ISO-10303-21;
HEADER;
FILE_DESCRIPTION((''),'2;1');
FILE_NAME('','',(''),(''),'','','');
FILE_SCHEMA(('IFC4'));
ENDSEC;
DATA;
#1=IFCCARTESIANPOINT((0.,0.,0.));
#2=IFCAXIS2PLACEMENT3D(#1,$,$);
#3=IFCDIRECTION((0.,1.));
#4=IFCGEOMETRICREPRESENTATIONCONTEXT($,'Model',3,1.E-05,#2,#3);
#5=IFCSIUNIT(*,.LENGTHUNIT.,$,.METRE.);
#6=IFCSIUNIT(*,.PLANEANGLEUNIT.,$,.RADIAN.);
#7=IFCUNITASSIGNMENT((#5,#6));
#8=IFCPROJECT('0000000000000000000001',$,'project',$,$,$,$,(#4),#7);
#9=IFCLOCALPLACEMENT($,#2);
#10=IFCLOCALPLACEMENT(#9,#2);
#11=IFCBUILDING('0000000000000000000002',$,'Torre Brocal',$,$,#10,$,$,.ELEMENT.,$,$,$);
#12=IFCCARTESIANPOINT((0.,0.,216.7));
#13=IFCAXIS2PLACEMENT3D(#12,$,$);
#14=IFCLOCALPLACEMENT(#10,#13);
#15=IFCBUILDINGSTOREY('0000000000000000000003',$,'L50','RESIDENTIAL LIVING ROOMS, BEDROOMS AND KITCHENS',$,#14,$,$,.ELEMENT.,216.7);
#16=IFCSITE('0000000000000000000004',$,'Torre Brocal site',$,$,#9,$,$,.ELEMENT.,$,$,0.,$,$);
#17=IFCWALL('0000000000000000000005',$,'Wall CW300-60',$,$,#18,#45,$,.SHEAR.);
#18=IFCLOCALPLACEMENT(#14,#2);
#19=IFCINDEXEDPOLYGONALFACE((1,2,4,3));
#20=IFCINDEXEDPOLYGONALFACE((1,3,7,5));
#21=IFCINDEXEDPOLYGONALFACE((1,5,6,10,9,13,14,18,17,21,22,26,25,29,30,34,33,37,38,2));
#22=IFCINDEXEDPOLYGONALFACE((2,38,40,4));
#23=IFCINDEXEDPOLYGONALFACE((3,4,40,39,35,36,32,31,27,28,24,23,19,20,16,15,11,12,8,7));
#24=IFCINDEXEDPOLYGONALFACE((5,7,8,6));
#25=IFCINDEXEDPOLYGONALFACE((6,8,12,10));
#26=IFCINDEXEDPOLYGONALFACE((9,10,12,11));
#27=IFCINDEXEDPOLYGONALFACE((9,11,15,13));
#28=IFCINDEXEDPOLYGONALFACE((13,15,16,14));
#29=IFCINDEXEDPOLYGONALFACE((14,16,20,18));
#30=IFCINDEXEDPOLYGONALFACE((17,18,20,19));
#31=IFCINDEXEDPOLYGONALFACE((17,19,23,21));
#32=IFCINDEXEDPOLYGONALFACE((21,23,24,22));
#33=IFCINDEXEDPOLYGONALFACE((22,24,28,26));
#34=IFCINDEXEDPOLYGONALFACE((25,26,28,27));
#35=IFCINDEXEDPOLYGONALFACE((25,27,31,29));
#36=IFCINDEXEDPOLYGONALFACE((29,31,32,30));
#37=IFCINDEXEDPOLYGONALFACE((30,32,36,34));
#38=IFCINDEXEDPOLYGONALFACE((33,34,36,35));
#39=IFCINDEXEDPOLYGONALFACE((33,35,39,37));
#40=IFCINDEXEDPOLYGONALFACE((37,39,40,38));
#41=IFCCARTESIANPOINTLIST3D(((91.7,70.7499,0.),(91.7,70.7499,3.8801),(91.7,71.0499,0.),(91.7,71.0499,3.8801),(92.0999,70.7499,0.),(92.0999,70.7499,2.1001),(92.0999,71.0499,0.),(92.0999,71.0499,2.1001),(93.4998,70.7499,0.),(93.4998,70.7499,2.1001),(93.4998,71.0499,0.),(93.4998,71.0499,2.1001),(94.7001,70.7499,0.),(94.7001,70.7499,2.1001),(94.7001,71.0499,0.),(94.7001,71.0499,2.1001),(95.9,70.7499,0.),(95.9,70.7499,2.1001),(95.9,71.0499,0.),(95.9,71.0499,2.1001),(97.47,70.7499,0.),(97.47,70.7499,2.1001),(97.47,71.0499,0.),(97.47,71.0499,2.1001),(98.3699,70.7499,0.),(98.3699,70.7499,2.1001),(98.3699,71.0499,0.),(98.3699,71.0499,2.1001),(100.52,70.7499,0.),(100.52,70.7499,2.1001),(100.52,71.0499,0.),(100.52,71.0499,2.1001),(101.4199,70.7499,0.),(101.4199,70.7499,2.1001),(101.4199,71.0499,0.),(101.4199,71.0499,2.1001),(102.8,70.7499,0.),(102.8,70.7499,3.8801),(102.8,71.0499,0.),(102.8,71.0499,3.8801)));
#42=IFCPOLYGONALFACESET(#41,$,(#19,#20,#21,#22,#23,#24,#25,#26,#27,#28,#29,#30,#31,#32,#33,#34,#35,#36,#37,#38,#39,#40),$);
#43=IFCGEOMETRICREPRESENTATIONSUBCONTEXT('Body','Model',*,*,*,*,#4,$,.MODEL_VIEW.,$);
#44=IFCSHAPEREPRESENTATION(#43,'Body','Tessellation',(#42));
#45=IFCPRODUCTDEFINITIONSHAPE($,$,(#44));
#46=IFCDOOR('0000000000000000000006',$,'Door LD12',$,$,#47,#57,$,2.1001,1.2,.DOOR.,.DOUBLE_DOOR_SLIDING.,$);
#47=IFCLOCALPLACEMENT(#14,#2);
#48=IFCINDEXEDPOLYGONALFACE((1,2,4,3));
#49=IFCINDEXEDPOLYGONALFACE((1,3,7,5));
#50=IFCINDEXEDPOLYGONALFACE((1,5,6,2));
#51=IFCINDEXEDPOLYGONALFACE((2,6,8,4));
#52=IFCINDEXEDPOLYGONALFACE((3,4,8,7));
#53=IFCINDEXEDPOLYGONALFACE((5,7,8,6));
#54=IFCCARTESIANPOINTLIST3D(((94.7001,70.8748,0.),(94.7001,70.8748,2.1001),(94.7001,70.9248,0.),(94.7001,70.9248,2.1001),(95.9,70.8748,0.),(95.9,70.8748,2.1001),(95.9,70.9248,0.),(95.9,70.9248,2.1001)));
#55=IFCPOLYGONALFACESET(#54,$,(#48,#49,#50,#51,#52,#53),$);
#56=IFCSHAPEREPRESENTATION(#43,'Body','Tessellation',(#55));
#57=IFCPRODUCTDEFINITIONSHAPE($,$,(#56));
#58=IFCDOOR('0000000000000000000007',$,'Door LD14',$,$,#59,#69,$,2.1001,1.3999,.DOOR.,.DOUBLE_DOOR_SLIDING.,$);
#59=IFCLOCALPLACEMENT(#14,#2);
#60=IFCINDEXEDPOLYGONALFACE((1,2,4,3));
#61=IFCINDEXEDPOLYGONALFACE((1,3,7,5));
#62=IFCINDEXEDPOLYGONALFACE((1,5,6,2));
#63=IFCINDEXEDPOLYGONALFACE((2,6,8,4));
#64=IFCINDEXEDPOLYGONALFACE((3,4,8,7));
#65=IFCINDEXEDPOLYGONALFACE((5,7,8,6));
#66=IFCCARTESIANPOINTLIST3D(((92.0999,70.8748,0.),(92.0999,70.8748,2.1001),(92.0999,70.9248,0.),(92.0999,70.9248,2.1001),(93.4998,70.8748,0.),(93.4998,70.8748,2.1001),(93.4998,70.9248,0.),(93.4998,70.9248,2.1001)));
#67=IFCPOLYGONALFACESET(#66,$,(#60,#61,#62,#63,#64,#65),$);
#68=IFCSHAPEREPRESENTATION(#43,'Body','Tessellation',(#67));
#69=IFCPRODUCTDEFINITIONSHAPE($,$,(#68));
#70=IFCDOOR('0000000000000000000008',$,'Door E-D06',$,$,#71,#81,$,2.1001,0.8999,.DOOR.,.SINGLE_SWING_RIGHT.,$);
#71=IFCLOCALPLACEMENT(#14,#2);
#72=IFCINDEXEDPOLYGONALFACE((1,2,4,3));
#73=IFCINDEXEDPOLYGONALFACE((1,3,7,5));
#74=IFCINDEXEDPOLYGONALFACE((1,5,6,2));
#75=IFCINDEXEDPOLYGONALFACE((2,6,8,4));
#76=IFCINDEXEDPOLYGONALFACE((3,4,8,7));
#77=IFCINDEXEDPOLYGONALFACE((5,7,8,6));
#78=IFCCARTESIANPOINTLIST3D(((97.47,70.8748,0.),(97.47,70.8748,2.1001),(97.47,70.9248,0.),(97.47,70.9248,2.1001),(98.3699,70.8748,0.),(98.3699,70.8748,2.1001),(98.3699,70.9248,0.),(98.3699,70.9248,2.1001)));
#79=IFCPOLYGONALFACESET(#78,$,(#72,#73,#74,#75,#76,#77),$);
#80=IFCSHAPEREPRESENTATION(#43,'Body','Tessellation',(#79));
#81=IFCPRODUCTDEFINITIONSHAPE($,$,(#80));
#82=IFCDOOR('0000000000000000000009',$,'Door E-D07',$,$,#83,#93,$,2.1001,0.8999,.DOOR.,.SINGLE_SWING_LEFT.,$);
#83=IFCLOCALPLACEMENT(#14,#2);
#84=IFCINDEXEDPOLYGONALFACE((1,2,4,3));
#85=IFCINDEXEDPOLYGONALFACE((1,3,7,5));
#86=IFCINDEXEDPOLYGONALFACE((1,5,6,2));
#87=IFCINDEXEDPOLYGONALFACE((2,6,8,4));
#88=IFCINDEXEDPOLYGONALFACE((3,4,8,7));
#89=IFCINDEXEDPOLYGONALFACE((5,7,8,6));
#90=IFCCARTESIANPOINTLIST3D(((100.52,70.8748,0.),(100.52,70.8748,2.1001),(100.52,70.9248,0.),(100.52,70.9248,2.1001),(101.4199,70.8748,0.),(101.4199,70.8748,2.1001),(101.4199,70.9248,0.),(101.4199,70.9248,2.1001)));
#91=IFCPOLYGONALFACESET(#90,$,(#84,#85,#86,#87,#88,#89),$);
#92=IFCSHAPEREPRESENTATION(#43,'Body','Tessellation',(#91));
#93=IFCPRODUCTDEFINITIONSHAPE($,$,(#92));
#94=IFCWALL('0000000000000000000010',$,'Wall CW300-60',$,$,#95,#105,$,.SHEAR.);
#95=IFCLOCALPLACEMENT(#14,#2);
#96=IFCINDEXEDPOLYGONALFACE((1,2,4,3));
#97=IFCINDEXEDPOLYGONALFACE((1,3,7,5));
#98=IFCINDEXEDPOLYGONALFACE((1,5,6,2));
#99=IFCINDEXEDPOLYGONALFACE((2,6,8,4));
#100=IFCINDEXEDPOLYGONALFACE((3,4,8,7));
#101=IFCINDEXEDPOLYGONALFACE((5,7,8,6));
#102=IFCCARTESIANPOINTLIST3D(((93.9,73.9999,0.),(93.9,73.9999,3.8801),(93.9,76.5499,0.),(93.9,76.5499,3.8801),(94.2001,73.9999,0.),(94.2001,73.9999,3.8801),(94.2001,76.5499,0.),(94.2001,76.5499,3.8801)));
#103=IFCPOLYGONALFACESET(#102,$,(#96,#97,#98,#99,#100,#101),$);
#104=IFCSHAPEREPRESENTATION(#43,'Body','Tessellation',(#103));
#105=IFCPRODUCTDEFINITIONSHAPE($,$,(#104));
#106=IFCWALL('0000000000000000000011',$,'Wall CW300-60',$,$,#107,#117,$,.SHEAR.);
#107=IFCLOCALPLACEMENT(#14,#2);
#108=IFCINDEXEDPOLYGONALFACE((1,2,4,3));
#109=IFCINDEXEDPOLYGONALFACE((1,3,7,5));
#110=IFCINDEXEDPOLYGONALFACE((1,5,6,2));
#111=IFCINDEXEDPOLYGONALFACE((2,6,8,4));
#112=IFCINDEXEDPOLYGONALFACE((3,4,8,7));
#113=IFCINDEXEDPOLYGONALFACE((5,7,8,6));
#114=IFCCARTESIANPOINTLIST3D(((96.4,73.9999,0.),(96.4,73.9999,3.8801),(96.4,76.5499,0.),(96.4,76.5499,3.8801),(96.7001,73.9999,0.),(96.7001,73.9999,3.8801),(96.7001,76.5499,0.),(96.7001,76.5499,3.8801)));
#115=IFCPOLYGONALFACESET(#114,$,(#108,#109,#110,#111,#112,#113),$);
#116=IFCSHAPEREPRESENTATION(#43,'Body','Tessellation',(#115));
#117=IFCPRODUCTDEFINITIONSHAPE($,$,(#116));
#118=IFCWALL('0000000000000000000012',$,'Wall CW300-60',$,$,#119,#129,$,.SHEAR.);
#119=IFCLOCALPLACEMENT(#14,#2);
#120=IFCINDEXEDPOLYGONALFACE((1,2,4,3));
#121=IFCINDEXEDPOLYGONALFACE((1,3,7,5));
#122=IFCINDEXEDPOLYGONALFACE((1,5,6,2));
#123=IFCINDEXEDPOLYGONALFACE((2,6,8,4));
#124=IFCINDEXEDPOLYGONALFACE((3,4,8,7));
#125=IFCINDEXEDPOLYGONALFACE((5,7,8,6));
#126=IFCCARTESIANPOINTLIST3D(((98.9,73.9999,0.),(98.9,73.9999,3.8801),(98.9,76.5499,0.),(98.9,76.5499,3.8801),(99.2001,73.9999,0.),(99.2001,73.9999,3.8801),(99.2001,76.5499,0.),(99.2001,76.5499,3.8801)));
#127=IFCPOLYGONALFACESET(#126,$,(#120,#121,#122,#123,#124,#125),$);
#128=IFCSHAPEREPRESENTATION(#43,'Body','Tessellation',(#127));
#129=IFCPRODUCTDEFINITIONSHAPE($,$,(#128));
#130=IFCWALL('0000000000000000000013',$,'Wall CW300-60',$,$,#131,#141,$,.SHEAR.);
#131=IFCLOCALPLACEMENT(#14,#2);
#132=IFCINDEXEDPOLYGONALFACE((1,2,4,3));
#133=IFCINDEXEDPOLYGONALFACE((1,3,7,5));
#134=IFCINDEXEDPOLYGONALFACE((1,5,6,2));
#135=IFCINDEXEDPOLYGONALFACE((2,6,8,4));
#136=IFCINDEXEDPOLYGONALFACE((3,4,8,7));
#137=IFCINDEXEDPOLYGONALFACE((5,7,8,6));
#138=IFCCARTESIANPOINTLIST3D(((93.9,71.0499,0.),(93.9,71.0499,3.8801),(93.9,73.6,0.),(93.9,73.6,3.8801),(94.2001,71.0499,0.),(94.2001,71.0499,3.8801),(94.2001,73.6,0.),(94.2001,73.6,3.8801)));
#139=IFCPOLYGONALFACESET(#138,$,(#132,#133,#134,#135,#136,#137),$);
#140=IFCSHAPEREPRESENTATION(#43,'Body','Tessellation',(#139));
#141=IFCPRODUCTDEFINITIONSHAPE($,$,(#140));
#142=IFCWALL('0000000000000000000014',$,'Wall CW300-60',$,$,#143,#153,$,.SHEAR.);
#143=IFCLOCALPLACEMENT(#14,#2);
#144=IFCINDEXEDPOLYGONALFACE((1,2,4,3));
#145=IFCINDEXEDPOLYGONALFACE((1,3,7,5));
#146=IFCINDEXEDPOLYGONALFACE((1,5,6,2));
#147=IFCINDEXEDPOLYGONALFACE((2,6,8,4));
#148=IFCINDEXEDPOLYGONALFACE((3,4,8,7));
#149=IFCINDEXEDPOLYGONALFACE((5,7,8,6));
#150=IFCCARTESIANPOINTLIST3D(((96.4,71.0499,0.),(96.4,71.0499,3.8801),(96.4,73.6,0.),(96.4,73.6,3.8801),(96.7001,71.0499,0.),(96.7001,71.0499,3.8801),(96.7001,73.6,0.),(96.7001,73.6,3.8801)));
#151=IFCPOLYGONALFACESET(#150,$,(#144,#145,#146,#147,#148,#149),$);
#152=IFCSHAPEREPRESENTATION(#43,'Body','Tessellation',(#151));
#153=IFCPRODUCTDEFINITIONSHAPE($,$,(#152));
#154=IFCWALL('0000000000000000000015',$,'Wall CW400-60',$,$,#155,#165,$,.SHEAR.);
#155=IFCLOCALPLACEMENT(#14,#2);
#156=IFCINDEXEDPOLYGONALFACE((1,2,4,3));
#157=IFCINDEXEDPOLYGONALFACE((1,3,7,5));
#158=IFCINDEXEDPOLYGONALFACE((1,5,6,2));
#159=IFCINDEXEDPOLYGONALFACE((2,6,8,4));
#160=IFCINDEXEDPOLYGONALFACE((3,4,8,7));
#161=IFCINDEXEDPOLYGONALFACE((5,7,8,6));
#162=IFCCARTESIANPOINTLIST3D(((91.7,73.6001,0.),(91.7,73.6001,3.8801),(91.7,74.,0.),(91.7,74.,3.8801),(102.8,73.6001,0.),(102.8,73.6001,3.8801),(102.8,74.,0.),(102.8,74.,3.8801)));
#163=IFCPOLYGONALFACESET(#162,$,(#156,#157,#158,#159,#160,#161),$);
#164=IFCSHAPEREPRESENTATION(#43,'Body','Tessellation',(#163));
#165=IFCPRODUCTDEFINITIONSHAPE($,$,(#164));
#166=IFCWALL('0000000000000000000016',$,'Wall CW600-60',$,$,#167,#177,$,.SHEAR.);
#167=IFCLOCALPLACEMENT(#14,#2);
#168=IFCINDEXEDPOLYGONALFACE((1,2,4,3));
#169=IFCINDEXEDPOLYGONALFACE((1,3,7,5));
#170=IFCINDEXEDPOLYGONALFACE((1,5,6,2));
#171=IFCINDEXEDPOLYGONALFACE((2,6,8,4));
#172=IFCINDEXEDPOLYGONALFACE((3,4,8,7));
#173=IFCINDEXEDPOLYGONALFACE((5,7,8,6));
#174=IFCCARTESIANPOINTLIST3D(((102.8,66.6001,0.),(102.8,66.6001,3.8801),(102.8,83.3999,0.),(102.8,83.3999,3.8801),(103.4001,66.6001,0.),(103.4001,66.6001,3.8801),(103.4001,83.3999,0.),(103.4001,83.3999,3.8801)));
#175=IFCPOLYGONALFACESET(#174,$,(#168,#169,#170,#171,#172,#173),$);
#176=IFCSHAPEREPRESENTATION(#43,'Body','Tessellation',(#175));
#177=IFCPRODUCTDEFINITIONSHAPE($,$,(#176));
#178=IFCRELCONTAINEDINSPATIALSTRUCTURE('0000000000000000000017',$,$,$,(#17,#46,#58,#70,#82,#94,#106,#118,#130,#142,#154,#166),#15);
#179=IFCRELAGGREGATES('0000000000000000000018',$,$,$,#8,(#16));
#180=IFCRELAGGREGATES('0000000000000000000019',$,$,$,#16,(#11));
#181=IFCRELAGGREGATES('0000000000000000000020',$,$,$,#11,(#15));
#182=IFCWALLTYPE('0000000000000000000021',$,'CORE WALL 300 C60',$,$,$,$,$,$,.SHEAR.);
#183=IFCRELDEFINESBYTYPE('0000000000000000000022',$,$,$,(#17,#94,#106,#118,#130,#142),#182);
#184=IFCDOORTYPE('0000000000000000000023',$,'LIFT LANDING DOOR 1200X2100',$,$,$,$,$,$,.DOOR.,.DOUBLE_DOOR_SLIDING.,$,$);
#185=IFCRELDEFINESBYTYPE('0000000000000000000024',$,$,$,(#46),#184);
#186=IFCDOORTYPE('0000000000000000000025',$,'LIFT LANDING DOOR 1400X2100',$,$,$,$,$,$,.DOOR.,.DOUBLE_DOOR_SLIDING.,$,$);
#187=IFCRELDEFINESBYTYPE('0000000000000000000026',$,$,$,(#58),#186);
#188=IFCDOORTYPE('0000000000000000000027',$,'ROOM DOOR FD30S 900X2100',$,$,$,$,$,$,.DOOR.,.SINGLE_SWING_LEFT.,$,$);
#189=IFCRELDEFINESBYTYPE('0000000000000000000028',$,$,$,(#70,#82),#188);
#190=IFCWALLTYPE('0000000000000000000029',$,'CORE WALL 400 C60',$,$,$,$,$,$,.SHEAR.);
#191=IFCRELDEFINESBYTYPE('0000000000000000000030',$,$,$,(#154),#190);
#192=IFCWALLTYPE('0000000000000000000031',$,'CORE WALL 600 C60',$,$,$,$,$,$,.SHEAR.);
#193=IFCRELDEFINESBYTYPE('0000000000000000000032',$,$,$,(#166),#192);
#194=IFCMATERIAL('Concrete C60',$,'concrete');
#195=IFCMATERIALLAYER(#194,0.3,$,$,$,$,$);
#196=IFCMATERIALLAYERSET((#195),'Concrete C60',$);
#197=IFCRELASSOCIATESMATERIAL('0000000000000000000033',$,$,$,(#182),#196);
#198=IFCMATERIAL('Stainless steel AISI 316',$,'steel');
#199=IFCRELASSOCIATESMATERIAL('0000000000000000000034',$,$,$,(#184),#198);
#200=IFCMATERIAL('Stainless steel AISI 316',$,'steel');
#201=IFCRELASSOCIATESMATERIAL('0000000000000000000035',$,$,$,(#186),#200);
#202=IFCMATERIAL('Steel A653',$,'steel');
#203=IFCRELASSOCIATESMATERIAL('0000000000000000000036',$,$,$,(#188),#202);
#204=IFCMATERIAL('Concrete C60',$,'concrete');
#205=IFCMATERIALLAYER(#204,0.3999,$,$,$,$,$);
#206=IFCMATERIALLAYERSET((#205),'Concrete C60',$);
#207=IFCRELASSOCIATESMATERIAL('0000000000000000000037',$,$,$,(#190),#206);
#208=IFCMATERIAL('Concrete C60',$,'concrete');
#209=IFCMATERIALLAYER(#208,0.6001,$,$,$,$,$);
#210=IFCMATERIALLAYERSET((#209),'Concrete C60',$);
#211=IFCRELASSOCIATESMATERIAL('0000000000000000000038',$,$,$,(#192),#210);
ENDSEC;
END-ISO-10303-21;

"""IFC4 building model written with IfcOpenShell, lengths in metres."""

from ifc_helpers import new_model, si_unit, direction, frame, frame_2d, origin, place, context, subcontext, project, spatial, rectangle, extrude, material, layer, layer_set, type_object, element, fill, save


model = new_model("IFC4")

# Units and contexts
model_context = context("Model", 3, precision=1e-05, world=origin(), true_north=direction((0.0, 1.0)))
body_context = subcontext(model_context, "Body", "Model", "MODEL_VIEW")
ifc_project = project(units=[si_unit("LENGTHUNIT", "METRE"), si_unit("PLANEANGLEUNIT", "RADIAN")], contexts=[model_context])

# Site, building, storey
site_placement = place(None, origin())
site = spatial("IfcSite", under=ifc_project, at=site_placement, Name="Torre Brocal site", CompositionType="ELEMENT", RefElevation=0.0)
building_placement = place(site_placement, origin())
building = spatial("IfcBuilding", under=site, at=building_placement, Name="Torre Brocal", CompositionType="ELEMENT")
storey_placement = place(building_placement, frame((0.0, 0.0, 216.7)))
storey = spatial("IfcBuildingStorey", under=building, at=storey_placement, Name="L50", Description="RESIDENTIAL LIVING ROOMS, BEDROOMS AND KITCHENS", CompositionType="ELEMENT", Elevation=216.7)

# Shared definitions
ifc_material_1 = material(Name="Concrete C60", Category="concrete")
ifc_layer_1 = layer(ifc_material_1, 0.3)
ifc_layer_set_1 = layer_set([ifc_layer_1], Name="Concrete C60")
wall_type_1 = type_object("IfcWallType", Name="CORE WALL 300 C60", PredefinedType="SHEAR", material=ifc_layer_set_1)

# Wall, openings, doors
wall_1_placement = place(storey_placement, frame((91.7, 70.8999, 0.0), z_axis=(0.0, 0.0, 1.0), x_axis=(1.0, 0.0, 0.0)))
wall_1 = element("IfcWall", 1, at=wall_1_placement, inside=storey, type_object=wall_type_1, Name="Wall CW300-60", PredefinedType="SHEAR", context=body_context, shape_type="SweptSolid", body=[
    extrude(rectangle(XDim=11.1001, YDim=0.3, at=frame_2d((5.55, 0.0))), origin(), (0.0, 0.0, 1.0), 3.8801),
])
opening_1_placement = place(wall_1_placement, frame((0.3999, 0.0, 0.0)))
opening_1 = element("IfcOpeningElement", 2, at=opening_1_placement, cuts=wall_1, PredefinedType="OPENING", context=body_context, shape_type="SweptSolid", body=[
    extrude(rectangle(XDim=1.3999, YDim=2.1001, at=frame_2d((0.7, 1.05))), frame((0.0, 0.1599, 0.0), z_axis=(0.0, -1.0, 0.0), x_axis=(1.0, 0.0, 0.0)), (0.0, 0.0, 1.0), 0.3201),
])
opening_2_placement = place(wall_1_placement, frame((3.0, 0.0, 0.0)))
opening_2 = element("IfcOpeningElement", 3, at=opening_2_placement, cuts=wall_1, PredefinedType="OPENING", context=body_context, shape_type="SweptSolid", body=[
    extrude(rectangle(XDim=1.2, YDim=2.1001, at=frame_2d((0.6001, 1.05))), frame((0.0, 0.1599, 0.0), z_axis=(0.0, -1.0, 0.0), x_axis=(1.0, 0.0, 0.0)), (0.0, 0.0, 1.0), 0.3201),
])
opening_3_placement = place(wall_1_placement, frame((5.77, 0.0, 0.0)))
opening_3 = element("IfcOpeningElement", 4, at=opening_3_placement, cuts=wall_1, PredefinedType="OPENING", context=body_context, shape_type="SweptSolid", body=[
    extrude(rectangle(XDim=0.8999, YDim=2.1001, at=frame_2d((0.45, 1.05))), frame((0.0, 0.1599, 0.0), z_axis=(0.0, -1.0, 0.0), x_axis=(1.0, 0.0, 0.0)), (0.0, 0.0, 1.0), 0.3201),
])
opening_4_placement = place(wall_1_placement, frame((8.8201, 0.0, 0.0)))
opening_4 = element("IfcOpeningElement", 5, at=opening_4_placement, cuts=wall_1, PredefinedType="OPENING", context=body_context, shape_type="SweptSolid", body=[
    extrude(rectangle(XDim=0.8999, YDim=2.1001, at=frame_2d((0.45, 1.05))), frame((0.0, 0.1599, 0.0), z_axis=(0.0, -1.0, 0.0), x_axis=(1.0, 0.0, 0.0)), (0.0, 0.0, 1.0), 0.3201),
])
ifc_material_2 = material(Name="Stainless steel AISI 316", Category="steel")
door_type_1 = type_object("IfcDoorType", Name="LIFT LANDING DOOR 1200X2100", OperationType="DOUBLE_DOOR_SLIDING", PredefinedType="DOOR", material=ifc_material_2)
door_1_placement = place(opening_2_placement, origin())
door_1 = element("IfcDoor", 6, at=door_1_placement, inside=storey, type_object=door_type_1, Name="Door LD12", OperationType="DOUBLE_DOOR_SLIDING", OverallHeight=2.1001, OverallWidth=1.2, PredefinedType="DOOR", context=body_context, shape_type="SweptSolid", body=[
    extrude(rectangle(XDim=1.2, YDim=2.1001, at=frame_2d((0.6001, 1.05))), frame((0.0, 0.0249, 0.0), z_axis=(0.0, -1.0, 0.0), x_axis=(1.0, 0.0, 0.0)), (0.0, 0.0, 1.0), 0.05),
])
fill(opening_2, door_1)
ifc_material_3 = material(Name="Stainless steel AISI 316", Category="steel")
door_type_2 = type_object("IfcDoorType", Name="LIFT LANDING DOOR 1400X2100", OperationType="DOUBLE_DOOR_SLIDING", PredefinedType="DOOR", material=ifc_material_3)
door_2_placement = place(opening_1_placement, origin())
door_2 = element("IfcDoor", 7, at=door_2_placement, inside=storey, type_object=door_type_2, Name="Door LD14", OperationType="DOUBLE_DOOR_SLIDING", OverallHeight=2.1001, OverallWidth=1.3999, PredefinedType="DOOR", context=body_context, shape_type="SweptSolid", body=[
    extrude(rectangle(XDim=1.3999, YDim=2.1001, at=frame_2d((0.7, 1.05))), frame((0.0, 0.0249, 0.0), z_axis=(0.0, -1.0, 0.0), x_axis=(1.0, 0.0, 0.0)), (0.0, 0.0, 1.0), 0.05),
])
fill(opening_1, door_2)
ifc_material_4 = material(Name="Steel A653", Category="steel")
door_type_3 = type_object("IfcDoorType", Name="ROOM DOOR FD30S 900X2100", OperationType="SINGLE_SWING_LEFT", PredefinedType="DOOR", material=ifc_material_4)
door_3_placement = place(opening_3_placement, origin())
door_3 = element("IfcDoor", 8, at=door_3_placement, inside=storey, type_object=door_type_3, Name="Door E-D06", OperationType="SINGLE_SWING_RIGHT", OverallHeight=2.1001, OverallWidth=0.8999, PredefinedType="DOOR", context=body_context, shape_type="SweptSolid", body=[
    extrude(rectangle(XDim=0.8999, YDim=2.1001, at=frame_2d((0.45, 1.05))), frame((0.0, 0.0249, 0.0), z_axis=(0.0, -1.0, 0.0), x_axis=(1.0, 0.0, 0.0)), (0.0, 0.0, 1.0), 0.05),
])
fill(opening_3, door_3)
door_4_placement = place(opening_4_placement, origin())
door_4 = element("IfcDoor", 9, at=door_4_placement, inside=storey, type_object=door_type_3, Name="Door E-D07", OperationType="SINGLE_SWING_LEFT", OverallHeight=2.1001, OverallWidth=0.8999, PredefinedType="DOOR", context=body_context, shape_type="SweptSolid", body=[
    extrude(rectangle(XDim=0.8999, YDim=2.1001, at=frame_2d((0.45, 1.05))), frame((0.0, 0.0249, 0.0), z_axis=(0.0, -1.0, 0.0), x_axis=(1.0, 0.0, 0.0)), (0.0, 0.0, 1.0), 0.05),
])
fill(opening_4, door_4)

# Walls
for number, where, z_axis, x_axis, name in (
    (10, (94.05, 74.0, 0.0), (0.0, 0.0, 1.0), (0.0, 1.0, 0.0), "Wall CW300-60"),
    (11, (96.55, 74.0, 0.0), (0.0, 0.0, 1.0), (0.0, 1.0, 0.0), "Wall CW300-60"),
    (12, (99.05, 74.0, 0.0), (0.0, 0.0, 1.0), (0.0, 1.0, 0.0), "Wall CW300-60"),
    (13, (94.05, 71.05, 0.0), (0.0, 0.0, 1.0), (0.0, 1.0, 0.0), "Wall CW300-60"),
    (14, (96.55, 71.05, 0.0), (0.0, 0.0, 1.0), (0.0, 1.0, 0.0), "Wall CW300-60"),
):
    element("IfcWall", number, at=place(storey_placement, frame(where, z_axis=z_axis, x_axis=x_axis)), inside=storey, type_object=wall_type_1, Name=name, PredefinedType="SHEAR", context=body_context, shape_type="SweptSolid", body=[
        extrude(rectangle(XDim=2.55, YDim=0.3, at=frame_2d((1.2749, 0.0))), origin(), (0.0, 0.0, 1.0), 3.8801),
    ])
ifc_material_5 = material(Name="Concrete C60", Category="concrete")
ifc_layer_2 = layer(ifc_material_5, 0.3999)
ifc_layer_set_2 = layer_set([ifc_layer_2], Name="Concrete C60")
wall_type_2 = type_object("IfcWallType", Name="CORE WALL 400 C60", PredefinedType="SHEAR", material=ifc_layer_set_2)
wall_2_placement = place(storey_placement, frame((91.7, 73.8, 0.0), z_axis=(0.0, 0.0, 1.0), x_axis=(1.0, 0.0, 0.0)))
element("IfcWall", 15, at=wall_2_placement, inside=storey, type_object=wall_type_2, Name="Wall CW400-60", PredefinedType="SHEAR", context=body_context, shape_type="SweptSolid", body=[
    extrude(rectangle(XDim=11.1001, YDim=0.3999, at=frame_2d((5.55, 0.0))), origin(), (0.0, 0.0, 1.0), 3.8801),
])
ifc_material_6 = material(Name="Concrete C60", Category="concrete")
ifc_layer_3 = layer(ifc_material_6, 0.6001)
ifc_layer_set_3 = layer_set([ifc_layer_3], Name="Concrete C60")
wall_type_3 = type_object("IfcWallType", Name="CORE WALL 600 C60", PredefinedType="SHEAR", material=ifc_layer_set_3)
wall_3_placement = place(storey_placement, frame((103.1001, 66.6001, 0.0), z_axis=(0.0, 0.0, 1.0), x_axis=(0.0, 1.0, 0.0)))
element("IfcWall", 16, at=wall_3_placement, inside=storey, type_object=wall_type_3, Name="Wall CW600-60", PredefinedType="SHEAR", context=body_context, shape_type="SweptSolid", body=[
    extrude(rectangle(XDim=16.7998, YDim=0.6001, at=frame_2d((8.3999, 0.0))), origin(), (0.0, 0.0, 1.0), 3.8801),
])

save(model, "model.ifc")
